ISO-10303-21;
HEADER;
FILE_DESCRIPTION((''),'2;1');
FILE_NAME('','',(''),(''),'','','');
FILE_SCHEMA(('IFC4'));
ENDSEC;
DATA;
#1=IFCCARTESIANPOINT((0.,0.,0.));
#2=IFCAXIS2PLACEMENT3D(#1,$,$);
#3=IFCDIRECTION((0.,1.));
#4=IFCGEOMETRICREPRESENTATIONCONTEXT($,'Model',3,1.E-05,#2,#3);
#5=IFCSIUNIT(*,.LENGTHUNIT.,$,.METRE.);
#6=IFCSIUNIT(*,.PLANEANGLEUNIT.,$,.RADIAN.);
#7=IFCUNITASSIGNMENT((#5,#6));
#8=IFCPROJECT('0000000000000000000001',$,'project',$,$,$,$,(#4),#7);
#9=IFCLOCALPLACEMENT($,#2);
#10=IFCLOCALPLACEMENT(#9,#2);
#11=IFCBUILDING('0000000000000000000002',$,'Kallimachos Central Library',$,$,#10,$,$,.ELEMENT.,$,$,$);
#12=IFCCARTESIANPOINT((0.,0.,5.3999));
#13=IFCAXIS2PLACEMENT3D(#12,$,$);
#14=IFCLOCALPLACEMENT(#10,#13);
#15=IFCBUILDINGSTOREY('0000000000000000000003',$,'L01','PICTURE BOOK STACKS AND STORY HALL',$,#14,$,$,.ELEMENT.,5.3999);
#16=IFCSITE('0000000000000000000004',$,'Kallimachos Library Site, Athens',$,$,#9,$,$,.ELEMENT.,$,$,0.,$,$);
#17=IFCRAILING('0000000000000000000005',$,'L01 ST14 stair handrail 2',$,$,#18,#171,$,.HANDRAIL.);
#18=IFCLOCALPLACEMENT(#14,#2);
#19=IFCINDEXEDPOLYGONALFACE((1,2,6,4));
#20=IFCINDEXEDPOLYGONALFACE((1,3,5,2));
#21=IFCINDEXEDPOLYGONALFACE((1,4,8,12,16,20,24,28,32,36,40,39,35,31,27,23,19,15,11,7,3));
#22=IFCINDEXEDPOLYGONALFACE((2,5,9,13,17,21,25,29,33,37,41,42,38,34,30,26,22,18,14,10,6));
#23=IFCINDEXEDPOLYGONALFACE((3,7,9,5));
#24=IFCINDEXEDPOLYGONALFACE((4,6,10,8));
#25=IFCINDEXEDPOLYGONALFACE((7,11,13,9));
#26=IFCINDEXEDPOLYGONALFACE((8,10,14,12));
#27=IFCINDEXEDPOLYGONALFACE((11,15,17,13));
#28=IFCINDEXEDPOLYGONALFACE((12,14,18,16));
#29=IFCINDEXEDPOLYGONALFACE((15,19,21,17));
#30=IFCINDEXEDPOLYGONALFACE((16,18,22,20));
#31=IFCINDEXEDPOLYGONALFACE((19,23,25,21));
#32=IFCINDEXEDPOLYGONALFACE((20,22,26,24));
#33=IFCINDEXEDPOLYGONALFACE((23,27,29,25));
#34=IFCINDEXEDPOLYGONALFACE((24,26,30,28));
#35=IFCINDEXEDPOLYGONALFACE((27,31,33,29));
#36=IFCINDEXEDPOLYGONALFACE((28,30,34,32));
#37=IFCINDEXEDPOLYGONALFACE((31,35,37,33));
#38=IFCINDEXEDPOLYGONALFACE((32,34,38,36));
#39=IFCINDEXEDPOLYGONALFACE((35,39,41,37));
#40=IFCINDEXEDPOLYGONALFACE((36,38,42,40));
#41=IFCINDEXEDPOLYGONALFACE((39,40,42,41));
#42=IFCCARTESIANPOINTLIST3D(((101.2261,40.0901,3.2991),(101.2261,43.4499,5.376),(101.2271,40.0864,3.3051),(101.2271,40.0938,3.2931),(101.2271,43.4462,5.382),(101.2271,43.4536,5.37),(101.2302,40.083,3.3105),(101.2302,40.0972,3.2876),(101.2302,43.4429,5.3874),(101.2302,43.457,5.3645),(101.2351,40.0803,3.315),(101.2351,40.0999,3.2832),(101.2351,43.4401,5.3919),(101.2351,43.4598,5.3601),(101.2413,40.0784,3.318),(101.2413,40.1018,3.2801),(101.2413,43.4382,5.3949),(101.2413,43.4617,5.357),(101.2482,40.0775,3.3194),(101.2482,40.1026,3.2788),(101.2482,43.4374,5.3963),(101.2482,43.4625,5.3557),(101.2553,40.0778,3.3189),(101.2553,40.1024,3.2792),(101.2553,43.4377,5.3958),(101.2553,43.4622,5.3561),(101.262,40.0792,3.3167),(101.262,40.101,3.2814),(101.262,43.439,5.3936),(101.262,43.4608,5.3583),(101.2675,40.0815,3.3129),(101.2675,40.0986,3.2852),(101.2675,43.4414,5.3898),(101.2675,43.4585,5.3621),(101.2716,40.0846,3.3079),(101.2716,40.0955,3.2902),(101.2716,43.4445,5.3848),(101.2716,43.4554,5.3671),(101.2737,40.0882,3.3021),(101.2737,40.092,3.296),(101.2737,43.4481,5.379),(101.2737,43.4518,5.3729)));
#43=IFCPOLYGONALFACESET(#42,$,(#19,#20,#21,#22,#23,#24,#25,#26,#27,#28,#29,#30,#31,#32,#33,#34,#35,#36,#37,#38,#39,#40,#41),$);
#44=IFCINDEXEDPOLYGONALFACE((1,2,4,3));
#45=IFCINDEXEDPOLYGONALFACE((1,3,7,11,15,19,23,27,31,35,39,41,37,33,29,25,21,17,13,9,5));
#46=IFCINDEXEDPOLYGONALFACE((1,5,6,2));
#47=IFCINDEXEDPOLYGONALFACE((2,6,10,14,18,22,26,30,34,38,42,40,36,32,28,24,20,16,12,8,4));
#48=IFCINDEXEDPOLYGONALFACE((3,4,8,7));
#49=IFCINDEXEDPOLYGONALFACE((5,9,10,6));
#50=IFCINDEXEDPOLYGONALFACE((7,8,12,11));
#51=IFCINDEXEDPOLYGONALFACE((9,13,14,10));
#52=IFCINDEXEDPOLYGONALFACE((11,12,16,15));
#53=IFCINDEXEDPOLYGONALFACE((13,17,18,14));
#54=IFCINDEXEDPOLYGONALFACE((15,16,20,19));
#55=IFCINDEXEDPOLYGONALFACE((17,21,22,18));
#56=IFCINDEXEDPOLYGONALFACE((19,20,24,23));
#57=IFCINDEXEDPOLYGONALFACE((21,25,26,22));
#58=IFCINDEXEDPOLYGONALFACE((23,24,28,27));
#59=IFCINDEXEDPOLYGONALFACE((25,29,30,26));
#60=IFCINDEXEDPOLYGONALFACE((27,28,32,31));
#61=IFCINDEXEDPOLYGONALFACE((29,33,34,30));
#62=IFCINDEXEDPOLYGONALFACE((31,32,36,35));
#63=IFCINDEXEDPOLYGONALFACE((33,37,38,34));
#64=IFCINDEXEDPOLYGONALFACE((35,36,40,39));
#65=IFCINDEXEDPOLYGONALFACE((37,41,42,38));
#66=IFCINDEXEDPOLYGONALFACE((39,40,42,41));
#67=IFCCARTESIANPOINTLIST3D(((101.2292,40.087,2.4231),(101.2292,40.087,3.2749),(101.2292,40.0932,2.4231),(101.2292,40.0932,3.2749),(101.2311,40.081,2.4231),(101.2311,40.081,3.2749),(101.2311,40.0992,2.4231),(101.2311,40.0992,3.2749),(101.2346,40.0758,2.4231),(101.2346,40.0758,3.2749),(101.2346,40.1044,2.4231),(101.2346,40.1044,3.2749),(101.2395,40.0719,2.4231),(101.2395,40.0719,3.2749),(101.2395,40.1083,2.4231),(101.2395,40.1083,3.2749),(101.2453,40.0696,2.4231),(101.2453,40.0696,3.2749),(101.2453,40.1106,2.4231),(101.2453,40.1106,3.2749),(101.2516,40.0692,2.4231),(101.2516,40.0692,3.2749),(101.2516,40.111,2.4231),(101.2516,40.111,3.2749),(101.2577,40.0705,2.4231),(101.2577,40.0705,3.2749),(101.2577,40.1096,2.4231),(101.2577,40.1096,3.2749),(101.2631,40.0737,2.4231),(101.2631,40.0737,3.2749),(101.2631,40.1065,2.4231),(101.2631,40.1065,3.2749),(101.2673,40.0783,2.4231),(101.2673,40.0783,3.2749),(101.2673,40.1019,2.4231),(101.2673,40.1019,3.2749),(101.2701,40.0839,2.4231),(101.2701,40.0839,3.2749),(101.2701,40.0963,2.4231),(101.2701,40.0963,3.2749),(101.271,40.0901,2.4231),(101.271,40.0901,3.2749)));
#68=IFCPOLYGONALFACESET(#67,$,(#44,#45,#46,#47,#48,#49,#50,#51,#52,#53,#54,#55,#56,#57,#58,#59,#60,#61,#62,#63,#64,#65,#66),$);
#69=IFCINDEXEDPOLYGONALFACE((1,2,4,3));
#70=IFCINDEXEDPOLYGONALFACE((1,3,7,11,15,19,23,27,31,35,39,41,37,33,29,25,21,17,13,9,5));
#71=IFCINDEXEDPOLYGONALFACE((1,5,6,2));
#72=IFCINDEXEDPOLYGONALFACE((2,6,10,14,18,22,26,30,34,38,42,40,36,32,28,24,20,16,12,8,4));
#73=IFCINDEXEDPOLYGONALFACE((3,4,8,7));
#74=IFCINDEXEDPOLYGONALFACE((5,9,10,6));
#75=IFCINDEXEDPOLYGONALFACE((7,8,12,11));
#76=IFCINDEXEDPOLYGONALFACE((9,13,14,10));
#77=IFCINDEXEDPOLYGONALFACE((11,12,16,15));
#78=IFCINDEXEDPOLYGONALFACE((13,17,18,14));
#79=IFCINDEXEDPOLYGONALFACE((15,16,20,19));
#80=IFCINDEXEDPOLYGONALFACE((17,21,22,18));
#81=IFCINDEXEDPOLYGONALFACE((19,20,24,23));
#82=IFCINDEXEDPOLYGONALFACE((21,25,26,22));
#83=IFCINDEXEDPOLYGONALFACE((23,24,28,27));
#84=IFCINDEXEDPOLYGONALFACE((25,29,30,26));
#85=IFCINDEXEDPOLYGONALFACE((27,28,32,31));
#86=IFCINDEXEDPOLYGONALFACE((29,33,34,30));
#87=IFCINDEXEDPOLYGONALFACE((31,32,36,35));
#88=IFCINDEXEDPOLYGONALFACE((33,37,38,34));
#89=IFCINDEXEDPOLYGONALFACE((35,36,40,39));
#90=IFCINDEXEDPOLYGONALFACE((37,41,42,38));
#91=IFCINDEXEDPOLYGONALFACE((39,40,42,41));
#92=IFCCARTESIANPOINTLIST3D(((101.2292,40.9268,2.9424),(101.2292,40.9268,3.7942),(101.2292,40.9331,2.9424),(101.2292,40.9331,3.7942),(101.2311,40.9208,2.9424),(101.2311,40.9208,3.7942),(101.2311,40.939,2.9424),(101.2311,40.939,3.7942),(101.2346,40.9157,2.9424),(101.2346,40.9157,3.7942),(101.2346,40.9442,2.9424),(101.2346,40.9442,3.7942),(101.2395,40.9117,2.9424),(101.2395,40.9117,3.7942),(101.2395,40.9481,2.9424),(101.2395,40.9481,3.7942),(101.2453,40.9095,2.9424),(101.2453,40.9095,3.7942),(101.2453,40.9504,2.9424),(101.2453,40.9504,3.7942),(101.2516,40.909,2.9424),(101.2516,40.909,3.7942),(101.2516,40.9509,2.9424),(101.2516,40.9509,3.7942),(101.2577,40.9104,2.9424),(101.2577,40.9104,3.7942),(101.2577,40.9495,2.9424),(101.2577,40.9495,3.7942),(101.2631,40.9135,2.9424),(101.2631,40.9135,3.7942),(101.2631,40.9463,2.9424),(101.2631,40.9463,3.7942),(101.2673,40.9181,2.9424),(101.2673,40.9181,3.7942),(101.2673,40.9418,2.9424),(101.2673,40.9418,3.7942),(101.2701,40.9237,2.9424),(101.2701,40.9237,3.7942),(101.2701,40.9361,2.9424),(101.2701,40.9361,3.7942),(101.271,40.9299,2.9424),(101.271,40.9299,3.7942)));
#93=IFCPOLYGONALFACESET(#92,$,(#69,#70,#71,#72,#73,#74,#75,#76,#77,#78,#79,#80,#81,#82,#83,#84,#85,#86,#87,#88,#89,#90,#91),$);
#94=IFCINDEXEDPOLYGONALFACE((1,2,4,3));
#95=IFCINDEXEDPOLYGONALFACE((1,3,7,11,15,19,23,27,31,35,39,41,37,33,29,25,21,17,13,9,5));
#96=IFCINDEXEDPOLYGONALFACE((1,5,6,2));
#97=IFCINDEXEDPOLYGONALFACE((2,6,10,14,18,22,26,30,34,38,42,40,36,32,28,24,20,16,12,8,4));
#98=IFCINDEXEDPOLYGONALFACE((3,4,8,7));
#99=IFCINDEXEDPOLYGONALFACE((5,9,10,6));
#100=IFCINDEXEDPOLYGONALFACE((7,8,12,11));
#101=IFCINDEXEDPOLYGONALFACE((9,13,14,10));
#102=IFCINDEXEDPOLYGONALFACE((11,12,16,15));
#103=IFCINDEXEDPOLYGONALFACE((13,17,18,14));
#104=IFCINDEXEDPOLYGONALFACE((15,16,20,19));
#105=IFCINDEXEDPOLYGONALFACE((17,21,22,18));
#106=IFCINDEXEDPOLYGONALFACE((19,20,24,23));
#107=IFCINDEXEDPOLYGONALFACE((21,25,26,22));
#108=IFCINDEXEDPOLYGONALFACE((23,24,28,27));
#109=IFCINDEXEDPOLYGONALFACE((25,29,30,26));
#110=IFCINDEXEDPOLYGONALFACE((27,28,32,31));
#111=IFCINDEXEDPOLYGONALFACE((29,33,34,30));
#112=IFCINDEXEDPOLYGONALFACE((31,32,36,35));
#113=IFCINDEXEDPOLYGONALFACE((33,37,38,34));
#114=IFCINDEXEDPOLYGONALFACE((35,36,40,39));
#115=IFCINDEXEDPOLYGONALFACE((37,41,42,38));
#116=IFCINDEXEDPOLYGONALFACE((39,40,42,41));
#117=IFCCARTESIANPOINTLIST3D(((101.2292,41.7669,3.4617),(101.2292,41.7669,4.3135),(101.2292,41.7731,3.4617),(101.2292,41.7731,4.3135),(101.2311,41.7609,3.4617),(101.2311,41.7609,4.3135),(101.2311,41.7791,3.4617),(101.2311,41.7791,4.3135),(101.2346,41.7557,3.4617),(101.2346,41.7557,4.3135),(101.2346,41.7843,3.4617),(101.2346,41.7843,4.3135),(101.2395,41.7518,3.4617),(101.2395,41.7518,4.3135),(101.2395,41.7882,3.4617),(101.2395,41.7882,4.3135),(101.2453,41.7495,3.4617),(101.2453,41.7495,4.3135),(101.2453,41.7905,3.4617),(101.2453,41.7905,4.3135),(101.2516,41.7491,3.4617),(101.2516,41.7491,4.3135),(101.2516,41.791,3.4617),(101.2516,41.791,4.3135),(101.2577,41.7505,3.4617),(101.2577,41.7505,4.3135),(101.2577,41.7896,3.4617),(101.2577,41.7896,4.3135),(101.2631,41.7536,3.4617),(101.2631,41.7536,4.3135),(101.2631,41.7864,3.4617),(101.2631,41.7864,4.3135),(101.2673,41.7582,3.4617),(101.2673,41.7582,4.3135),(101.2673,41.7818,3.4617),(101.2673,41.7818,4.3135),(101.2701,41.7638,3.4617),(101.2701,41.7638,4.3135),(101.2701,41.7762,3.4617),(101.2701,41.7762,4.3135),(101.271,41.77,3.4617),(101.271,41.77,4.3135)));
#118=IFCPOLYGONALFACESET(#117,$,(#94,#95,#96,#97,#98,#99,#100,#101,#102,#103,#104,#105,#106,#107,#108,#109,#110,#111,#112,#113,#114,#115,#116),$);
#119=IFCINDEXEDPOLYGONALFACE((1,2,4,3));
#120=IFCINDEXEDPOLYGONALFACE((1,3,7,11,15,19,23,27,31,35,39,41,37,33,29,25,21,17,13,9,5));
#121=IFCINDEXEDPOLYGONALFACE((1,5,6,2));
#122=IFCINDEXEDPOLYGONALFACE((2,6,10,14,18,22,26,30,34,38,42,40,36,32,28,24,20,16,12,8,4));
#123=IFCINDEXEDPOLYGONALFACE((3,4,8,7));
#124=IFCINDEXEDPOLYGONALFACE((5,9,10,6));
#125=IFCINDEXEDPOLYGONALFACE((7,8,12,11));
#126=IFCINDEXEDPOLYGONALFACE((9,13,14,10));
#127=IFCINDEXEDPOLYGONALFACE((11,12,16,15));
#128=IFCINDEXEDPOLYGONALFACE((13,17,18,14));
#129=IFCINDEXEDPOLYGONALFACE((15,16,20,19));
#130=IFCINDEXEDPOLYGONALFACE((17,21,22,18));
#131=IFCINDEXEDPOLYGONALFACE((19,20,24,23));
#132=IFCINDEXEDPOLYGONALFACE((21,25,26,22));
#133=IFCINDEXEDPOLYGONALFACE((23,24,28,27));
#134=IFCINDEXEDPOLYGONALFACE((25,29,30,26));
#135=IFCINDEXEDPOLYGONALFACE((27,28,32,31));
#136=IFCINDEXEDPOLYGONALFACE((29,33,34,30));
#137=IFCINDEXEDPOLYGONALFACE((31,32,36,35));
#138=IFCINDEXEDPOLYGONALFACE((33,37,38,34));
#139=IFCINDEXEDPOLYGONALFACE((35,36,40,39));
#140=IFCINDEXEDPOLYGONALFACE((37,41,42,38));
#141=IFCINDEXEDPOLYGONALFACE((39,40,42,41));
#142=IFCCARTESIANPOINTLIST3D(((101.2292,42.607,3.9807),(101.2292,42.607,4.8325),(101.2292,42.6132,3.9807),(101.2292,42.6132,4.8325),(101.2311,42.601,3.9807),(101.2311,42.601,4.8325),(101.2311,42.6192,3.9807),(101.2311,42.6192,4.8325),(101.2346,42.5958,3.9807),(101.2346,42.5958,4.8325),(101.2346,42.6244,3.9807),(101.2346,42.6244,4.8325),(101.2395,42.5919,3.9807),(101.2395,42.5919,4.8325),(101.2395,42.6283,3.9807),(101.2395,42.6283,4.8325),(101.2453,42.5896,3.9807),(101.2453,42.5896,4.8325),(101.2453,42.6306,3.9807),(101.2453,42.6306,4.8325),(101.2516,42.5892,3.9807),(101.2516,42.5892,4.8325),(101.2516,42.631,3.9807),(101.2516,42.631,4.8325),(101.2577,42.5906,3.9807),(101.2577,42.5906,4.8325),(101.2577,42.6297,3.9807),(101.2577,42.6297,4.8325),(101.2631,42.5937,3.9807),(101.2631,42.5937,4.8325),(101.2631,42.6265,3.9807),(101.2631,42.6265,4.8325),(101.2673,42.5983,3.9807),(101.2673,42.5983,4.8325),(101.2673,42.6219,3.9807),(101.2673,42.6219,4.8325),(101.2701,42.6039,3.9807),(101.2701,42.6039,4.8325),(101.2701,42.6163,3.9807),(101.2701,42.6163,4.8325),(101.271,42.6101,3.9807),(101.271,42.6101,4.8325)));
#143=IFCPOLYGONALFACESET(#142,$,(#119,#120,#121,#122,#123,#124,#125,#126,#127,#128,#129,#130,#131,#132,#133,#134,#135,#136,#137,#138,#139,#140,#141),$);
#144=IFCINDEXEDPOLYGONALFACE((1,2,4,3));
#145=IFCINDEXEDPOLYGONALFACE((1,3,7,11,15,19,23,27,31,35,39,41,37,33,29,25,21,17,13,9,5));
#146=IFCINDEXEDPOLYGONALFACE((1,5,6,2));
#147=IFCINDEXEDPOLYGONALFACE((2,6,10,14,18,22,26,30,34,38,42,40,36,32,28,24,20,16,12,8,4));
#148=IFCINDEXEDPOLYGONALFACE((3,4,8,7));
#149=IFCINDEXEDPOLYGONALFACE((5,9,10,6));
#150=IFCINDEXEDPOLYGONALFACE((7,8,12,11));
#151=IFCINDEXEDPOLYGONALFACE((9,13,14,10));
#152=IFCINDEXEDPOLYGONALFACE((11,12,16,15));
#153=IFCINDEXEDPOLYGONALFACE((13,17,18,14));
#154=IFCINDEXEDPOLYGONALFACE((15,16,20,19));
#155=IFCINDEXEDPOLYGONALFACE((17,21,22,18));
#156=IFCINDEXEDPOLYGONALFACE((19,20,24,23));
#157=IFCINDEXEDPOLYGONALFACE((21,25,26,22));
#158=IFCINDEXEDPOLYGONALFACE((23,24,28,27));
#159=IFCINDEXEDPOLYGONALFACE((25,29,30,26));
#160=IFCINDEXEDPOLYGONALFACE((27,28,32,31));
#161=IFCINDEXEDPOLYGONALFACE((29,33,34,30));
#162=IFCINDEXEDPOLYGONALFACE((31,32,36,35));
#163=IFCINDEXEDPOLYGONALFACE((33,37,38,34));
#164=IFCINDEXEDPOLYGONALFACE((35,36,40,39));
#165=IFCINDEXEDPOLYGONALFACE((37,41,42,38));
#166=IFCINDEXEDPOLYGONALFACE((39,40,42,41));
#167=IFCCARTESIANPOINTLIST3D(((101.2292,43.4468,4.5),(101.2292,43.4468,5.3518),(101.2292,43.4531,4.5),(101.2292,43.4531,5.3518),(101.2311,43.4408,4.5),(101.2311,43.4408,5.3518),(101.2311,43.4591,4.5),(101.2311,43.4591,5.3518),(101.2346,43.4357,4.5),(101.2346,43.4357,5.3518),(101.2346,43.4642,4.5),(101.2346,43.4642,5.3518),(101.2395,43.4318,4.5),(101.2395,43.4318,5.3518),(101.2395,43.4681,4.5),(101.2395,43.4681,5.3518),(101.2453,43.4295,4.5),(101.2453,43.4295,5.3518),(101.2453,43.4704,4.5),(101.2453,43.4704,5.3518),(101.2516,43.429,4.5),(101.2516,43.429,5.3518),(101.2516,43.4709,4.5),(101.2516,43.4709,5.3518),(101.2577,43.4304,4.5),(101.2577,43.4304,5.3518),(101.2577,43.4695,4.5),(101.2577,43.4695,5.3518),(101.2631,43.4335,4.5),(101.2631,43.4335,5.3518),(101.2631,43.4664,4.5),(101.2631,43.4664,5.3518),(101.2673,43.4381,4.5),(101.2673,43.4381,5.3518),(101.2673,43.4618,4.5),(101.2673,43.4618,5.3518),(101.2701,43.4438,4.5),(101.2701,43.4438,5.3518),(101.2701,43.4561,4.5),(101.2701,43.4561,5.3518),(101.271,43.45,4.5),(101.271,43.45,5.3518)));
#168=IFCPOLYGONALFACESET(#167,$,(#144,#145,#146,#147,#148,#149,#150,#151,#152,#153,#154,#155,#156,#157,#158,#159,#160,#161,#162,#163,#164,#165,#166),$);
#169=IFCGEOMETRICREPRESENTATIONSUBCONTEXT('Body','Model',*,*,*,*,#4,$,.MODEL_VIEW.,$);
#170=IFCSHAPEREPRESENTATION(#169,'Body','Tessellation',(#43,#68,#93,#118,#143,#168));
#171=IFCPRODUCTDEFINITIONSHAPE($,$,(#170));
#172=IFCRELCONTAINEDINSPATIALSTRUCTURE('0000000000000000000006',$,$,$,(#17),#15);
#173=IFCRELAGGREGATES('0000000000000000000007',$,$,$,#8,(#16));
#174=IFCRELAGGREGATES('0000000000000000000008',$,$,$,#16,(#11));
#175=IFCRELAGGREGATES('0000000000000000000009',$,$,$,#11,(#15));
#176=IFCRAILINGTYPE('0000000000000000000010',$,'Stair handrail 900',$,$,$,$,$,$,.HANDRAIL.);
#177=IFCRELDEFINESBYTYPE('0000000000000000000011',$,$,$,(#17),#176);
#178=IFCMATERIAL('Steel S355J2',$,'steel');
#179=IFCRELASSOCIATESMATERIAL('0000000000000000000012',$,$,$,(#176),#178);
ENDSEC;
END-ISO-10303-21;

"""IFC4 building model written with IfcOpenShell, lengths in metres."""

from ifc_helpers import new_model, si_unit, direction, frame, origin, origin_2d, place, context, subcontext, project, spatial, circle, extrude, material, type_object, element, save


model = new_model("IFC4")

# Units and contexts
model_context = context("Model", 3, precision=1e-05, world=origin(), true_north=direction((0.0, 1.0)))
body_context = subcontext(model_context, "Body", "Model", "MODEL_VIEW")
ifc_project = project(units=[si_unit("LENGTHUNIT", "METRE"), si_unit("PLANEANGLEUNIT", "RADIAN")], contexts=[model_context])

# Site, building, storey
site_placement = place(None, origin())
site = spatial("IfcSite", under=ifc_project, at=site_placement, Name="Kallimachos Library Site, Athens", CompositionType="ELEMENT", RefElevation=0.0)
building_placement = place(site_placement, origin())
building = spatial("IfcBuilding", under=site, at=building_placement, Name="Kallimachos Central Library", CompositionType="ELEMENT")
storey_placement = place(building_placement, frame((0.0, 0.0, 5.3999)))
storey = spatial("IfcBuildingStorey", under=building, at=storey_placement, Name="L01", Description="PICTURE BOOK STACKS AND STORY HALL", CompositionType="ELEMENT", Elevation=5.3999)

# Railing
ifc_material_1 = material(Name="Steel S355J2", Category="steel")
railing_type_1 = type_object("IfcRailingType", Name="Stair handrail 900", PredefinedType="HANDRAIL", material=ifc_material_1)
railing_1_placement = place(storey_placement, frame((101.25, 40.0901, 2.4231)))
element("IfcRailing", 1, at=railing_1_placement, inside=storey, type_object=railing_type_1, Name="L01 ST14 stair handrail 2", PredefinedType="HANDRAIL", context=body_context, shape_type="SweptSolid", body=[
    extrude(circle(Radius=0.0239, at=origin_2d()), frame((0.0, 0.0, 0.876), z_axis=(0.0, 0.850606, 0.525803), x_axis=(-1.0, 0.0, 0.0)), (0.0, 0.0, 1.0), 3.95),
    extrude(circle(Radius=0.021, at=origin_2d()), origin(), (0.0, 0.0, 1.0), 0.8518),
    extrude(circle(Radius=0.021, at=origin_2d()), frame((0.0, 0.8398, 0.5193)), (0.0, 0.0, 1.0), 0.8518),
    extrude(circle(Radius=0.021, at=origin_2d()), frame((0.0, 1.6799, 1.0386)), (0.0, 0.0, 1.0), 0.8518),
    extrude(circle(Radius=0.021, at=origin_2d()), frame((0.0, 2.52, 1.5576)), (0.0, 0.0, 1.0), 0.8518),
    extrude(circle(Radius=0.021, at=origin_2d()), frame((0.0, 3.3599, 2.0769)), (0.0, 0.0, 1.0), 0.8518),
])

save(model, "model.ifc")
